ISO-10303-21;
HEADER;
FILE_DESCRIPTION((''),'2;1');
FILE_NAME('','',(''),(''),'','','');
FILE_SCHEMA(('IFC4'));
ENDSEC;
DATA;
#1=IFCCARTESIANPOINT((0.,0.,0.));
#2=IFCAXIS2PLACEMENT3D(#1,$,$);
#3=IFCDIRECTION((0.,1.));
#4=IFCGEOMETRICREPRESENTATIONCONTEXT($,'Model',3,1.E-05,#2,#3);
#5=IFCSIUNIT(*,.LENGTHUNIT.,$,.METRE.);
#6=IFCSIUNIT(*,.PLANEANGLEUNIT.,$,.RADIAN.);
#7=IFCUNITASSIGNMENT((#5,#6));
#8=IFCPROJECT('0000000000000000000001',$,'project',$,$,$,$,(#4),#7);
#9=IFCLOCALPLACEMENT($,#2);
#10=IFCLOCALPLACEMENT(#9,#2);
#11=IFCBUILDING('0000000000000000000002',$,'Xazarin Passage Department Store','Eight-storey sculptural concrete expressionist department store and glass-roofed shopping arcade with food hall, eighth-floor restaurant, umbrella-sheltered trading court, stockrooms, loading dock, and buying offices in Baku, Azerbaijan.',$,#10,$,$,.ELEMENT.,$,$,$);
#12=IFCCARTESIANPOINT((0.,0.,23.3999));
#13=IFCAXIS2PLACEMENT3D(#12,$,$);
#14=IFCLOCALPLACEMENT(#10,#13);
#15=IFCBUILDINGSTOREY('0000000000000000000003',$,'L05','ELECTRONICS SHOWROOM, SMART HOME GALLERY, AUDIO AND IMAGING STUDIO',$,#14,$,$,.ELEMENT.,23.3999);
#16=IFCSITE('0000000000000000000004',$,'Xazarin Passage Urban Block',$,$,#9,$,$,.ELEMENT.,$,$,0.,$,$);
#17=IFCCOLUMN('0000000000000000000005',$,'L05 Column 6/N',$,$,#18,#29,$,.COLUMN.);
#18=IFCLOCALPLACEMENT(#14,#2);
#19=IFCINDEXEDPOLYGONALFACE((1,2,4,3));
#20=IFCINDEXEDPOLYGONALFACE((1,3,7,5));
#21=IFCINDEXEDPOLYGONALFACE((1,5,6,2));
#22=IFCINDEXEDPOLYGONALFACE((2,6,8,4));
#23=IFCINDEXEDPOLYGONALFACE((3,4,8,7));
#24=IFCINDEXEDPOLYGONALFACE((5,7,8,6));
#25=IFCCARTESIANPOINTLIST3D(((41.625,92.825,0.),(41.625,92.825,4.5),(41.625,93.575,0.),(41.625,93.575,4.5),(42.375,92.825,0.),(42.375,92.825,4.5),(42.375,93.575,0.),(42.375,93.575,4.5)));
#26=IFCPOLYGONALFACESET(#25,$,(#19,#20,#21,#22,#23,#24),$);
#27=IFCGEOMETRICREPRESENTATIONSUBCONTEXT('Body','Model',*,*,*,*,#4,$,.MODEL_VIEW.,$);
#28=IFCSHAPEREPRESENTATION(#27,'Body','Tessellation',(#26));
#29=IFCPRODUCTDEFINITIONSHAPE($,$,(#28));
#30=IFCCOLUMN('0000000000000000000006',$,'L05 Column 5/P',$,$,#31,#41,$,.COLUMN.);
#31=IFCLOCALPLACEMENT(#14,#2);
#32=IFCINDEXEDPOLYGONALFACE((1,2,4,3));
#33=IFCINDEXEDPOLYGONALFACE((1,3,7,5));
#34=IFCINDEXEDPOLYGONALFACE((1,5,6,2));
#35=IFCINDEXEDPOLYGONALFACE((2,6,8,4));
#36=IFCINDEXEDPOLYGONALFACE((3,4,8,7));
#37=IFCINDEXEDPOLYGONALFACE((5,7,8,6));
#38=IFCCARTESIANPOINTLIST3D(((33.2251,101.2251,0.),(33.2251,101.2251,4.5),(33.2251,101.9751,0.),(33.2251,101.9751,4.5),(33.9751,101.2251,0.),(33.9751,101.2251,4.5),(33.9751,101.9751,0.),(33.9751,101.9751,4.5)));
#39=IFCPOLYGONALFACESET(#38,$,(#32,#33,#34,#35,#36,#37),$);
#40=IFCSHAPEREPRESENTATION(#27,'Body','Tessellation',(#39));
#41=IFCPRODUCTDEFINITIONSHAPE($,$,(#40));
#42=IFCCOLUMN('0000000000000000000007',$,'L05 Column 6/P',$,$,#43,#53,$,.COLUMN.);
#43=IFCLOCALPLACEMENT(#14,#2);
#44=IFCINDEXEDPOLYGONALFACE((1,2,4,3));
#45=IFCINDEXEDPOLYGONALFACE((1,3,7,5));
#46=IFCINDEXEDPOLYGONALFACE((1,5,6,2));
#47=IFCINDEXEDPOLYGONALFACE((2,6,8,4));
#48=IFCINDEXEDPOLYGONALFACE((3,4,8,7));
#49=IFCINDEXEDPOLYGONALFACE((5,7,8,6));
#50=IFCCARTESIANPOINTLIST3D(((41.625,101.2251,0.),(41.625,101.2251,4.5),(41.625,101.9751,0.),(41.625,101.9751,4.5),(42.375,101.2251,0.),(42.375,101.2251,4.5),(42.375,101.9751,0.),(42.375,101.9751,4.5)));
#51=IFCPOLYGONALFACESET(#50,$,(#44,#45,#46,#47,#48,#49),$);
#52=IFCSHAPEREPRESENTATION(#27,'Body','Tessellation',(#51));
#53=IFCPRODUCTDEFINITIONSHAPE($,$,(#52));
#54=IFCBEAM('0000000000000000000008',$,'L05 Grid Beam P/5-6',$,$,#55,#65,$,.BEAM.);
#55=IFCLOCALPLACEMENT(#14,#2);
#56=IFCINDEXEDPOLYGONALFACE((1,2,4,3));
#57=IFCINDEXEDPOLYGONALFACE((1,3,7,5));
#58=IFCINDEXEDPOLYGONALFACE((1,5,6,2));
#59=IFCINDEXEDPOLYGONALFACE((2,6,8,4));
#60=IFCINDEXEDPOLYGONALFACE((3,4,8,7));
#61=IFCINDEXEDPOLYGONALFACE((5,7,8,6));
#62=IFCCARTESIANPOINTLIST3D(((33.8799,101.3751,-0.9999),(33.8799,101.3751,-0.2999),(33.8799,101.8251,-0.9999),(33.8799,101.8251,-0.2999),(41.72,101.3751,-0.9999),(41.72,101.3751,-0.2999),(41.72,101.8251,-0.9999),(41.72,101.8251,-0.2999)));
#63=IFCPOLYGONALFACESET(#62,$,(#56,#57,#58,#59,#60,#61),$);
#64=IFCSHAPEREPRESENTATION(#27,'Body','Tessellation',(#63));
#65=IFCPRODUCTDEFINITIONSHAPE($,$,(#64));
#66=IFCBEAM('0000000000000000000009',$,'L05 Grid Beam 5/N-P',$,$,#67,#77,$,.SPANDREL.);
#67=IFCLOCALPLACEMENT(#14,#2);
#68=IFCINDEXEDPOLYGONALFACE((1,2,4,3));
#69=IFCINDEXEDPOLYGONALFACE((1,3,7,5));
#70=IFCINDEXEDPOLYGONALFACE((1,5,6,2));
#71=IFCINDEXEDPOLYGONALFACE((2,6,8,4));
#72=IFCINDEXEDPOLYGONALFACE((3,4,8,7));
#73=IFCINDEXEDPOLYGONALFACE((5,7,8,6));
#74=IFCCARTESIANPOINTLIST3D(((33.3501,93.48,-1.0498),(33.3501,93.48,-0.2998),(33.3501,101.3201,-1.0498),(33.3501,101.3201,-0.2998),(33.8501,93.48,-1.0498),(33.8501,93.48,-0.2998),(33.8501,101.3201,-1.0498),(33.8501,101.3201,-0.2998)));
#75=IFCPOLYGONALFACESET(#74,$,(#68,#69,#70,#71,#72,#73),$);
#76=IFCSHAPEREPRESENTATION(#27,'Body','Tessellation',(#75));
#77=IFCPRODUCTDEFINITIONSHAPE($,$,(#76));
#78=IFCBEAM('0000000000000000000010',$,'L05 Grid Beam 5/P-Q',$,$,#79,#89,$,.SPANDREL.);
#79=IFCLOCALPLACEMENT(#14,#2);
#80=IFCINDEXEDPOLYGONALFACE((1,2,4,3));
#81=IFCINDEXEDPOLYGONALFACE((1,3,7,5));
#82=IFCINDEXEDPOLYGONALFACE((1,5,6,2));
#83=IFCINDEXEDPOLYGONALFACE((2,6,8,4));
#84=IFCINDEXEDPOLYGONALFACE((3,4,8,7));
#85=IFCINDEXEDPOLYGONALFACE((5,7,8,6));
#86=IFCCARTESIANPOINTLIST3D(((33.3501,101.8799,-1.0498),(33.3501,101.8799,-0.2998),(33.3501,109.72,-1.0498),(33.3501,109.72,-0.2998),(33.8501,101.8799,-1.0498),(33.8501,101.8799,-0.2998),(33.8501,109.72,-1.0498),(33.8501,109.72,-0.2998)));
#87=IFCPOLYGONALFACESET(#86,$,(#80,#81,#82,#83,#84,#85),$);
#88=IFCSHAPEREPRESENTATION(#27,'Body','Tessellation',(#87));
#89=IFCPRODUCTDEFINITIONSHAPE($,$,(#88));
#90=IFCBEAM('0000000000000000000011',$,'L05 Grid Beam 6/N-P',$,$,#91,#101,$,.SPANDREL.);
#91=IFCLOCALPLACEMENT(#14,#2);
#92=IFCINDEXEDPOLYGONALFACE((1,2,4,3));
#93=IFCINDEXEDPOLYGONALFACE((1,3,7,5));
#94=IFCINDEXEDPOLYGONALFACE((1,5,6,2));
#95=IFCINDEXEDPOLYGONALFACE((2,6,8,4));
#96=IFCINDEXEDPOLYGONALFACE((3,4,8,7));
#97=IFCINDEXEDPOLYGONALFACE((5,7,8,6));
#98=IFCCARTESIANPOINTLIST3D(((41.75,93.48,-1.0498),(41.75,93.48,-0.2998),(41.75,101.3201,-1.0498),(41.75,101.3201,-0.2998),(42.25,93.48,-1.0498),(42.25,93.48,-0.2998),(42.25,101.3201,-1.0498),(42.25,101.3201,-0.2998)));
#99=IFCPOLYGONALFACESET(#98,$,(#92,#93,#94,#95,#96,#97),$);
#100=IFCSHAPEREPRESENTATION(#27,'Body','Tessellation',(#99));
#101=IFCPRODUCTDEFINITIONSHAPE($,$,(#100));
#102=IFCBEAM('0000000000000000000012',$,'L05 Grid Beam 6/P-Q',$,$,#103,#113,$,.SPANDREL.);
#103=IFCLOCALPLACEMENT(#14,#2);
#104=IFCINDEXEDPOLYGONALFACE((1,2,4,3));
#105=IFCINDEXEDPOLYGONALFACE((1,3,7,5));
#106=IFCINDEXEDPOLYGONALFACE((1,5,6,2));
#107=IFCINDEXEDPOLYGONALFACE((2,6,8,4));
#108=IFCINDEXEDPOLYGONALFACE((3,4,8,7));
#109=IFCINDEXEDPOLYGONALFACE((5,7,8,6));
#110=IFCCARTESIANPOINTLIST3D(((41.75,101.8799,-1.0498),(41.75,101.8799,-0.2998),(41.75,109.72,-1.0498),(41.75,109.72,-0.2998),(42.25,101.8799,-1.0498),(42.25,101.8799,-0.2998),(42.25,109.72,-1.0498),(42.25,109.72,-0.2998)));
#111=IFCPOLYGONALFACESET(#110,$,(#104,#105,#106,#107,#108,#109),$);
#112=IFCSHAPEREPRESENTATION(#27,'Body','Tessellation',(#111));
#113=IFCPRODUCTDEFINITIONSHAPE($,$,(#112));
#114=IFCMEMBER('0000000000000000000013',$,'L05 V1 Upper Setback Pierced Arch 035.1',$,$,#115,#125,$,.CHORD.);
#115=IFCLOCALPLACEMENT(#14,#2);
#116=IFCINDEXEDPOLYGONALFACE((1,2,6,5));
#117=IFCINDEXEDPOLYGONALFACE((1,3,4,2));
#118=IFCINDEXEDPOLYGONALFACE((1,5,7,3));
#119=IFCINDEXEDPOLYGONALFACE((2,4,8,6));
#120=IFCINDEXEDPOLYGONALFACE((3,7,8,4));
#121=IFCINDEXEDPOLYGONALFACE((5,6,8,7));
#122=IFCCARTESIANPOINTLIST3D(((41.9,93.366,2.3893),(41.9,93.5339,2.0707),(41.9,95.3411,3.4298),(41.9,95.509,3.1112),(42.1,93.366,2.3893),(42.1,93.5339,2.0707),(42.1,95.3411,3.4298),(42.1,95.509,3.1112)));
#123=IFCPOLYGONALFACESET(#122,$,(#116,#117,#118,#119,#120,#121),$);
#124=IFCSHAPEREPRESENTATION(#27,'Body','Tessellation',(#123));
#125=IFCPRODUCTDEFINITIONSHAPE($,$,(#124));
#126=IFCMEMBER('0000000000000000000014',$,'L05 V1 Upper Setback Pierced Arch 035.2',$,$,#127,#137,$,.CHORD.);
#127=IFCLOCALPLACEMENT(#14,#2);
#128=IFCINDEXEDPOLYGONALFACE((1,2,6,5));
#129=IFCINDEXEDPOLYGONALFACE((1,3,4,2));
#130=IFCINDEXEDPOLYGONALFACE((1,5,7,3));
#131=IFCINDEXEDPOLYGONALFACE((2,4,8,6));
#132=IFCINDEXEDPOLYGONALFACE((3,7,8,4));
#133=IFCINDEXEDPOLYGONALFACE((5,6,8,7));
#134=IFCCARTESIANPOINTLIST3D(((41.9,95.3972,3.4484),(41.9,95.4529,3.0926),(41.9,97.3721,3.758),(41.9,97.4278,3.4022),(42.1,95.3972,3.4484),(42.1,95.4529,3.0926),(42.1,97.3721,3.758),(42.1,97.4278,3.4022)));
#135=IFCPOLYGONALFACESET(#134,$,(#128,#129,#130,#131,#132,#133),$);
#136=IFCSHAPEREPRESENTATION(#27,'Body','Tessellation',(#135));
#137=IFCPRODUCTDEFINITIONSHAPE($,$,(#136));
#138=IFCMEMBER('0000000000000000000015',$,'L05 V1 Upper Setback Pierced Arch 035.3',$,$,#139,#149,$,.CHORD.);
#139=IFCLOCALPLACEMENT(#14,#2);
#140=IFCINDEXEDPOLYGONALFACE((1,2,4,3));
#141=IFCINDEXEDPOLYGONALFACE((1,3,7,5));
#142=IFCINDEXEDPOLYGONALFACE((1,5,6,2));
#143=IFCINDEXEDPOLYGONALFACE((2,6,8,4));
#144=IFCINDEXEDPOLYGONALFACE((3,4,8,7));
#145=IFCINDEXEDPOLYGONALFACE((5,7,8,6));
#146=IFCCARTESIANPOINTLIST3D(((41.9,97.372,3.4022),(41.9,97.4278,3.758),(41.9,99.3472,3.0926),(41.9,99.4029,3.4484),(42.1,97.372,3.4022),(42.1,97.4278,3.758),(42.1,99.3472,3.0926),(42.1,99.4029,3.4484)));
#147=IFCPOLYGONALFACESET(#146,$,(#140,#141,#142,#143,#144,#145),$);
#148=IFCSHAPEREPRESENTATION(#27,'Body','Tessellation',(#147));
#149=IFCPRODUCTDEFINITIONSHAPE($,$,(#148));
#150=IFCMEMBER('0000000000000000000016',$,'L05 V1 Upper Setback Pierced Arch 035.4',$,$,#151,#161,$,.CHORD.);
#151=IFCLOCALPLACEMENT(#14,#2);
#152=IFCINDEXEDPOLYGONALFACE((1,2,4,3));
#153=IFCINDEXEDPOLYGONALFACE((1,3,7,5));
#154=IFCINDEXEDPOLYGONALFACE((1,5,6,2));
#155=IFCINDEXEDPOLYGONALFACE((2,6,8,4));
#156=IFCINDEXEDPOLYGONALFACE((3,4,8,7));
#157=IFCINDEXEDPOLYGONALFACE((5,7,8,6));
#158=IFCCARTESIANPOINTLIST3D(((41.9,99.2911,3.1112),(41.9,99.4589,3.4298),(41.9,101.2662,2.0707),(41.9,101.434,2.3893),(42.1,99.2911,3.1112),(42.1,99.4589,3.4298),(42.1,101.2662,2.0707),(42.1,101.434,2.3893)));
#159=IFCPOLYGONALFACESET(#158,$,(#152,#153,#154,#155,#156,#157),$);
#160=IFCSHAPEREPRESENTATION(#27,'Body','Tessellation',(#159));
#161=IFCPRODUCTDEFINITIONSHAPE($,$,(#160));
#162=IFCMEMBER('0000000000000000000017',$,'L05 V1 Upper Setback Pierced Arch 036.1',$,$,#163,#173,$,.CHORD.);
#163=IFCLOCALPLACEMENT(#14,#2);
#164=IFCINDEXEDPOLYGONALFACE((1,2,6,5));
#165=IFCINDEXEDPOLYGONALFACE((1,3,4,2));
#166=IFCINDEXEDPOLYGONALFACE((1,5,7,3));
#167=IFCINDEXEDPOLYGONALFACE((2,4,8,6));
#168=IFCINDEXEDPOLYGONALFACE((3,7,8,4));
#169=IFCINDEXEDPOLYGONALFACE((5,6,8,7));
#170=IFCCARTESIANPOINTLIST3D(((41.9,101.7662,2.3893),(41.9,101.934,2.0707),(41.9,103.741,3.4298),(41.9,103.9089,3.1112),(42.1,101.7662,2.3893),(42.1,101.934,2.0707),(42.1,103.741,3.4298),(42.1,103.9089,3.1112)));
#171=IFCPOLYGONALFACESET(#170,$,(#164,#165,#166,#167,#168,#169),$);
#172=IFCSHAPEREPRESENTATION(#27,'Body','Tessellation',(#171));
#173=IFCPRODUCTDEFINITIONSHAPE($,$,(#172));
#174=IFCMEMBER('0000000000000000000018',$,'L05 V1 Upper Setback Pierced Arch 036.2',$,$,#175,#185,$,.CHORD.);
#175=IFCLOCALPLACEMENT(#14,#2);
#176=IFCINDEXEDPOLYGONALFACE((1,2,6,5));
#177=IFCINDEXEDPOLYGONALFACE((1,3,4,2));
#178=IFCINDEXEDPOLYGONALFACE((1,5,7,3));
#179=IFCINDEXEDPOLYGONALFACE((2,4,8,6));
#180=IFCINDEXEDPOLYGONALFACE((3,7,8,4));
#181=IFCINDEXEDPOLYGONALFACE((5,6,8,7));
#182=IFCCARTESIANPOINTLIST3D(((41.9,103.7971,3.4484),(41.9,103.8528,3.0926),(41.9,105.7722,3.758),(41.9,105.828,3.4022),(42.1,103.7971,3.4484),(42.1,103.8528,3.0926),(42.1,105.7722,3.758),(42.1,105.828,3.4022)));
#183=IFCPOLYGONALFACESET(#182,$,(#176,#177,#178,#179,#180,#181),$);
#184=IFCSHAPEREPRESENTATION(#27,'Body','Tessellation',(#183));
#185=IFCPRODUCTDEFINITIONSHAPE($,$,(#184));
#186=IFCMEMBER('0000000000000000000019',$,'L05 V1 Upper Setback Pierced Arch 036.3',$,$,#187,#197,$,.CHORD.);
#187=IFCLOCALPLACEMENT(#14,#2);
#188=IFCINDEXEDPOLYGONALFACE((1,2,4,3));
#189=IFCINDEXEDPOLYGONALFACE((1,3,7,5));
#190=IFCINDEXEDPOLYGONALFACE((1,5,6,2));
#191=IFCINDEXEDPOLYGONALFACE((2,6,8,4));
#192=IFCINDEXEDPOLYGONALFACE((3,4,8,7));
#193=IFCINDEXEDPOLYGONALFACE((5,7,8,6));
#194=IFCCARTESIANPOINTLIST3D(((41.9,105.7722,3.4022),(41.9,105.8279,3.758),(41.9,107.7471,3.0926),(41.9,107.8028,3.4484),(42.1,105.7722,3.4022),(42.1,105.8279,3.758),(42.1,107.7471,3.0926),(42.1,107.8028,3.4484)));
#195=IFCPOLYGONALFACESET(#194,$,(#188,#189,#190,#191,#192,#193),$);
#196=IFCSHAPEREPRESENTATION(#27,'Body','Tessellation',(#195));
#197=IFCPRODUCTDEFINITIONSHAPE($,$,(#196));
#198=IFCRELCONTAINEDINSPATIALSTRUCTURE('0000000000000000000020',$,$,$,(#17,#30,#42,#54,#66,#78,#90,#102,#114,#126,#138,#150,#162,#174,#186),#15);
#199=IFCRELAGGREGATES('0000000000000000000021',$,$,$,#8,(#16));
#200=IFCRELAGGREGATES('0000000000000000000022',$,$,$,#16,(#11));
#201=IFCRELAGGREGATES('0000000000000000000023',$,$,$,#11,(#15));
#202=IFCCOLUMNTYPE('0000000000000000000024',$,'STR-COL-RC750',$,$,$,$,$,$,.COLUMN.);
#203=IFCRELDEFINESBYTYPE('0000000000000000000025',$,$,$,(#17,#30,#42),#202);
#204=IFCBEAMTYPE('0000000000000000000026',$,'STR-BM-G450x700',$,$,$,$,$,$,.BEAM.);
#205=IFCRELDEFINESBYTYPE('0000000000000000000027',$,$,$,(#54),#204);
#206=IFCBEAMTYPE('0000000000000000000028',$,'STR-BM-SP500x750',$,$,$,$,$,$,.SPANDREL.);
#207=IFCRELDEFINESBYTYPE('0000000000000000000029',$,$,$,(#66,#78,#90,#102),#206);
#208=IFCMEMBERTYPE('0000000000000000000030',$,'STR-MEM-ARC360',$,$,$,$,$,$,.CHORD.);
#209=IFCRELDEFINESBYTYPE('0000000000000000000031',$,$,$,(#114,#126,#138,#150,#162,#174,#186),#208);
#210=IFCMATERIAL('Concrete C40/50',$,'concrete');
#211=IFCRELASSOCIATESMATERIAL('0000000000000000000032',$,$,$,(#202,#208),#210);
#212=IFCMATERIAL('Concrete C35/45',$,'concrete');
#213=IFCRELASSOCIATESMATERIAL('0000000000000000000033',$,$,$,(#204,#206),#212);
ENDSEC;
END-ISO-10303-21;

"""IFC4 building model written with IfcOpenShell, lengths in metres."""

from ifc_helpers import new_model, si_unit, direction, frame, origin, origin_2d, place, context, subcontext, project, spatial, rectangle, extrude, material, material_profile, profile_set, type_object, element, save


model = new_model("IFC4")

# Units and contexts
model_context = context("Model", 3, precision=1e-05, world=origin(), true_north=direction((0.0, 1.0)))
body_context = subcontext(model_context, "Body", "Model", "MODEL_VIEW")
ifc_project = project(units=[si_unit("LENGTHUNIT", "METRE"), si_unit("PLANEANGLEUNIT", "RADIAN")], contexts=[model_context])

# Site, building, storey
site_placement = place(None, origin())
site = spatial("IfcSite", under=ifc_project, at=site_placement, Name="Xazarin Passage Urban Block", CompositionType="ELEMENT", RefElevation=0.0)
building_placement = place(site_placement, origin())
building = spatial("IfcBuilding", under=site, at=building_placement, Name="Xazarin Passage Department Store", Description="Eight-storey sculptural concrete expressionist department store and glass-roofed shopping arcade with food hall, eighth-floor restaurant, umbrella-sheltered trading court, stockrooms, loading dock, and buying offices in Baku, Azerbaijan.", CompositionType="ELEMENT")
storey_placement = place(building_placement, frame((0.0, 0.0, 23.3999)))
storey = spatial("IfcBuildingStorey", under=building, at=storey_placement, Name="L05", Description="ELECTRONICS SHOWROOM, SMART HOME GALLERY, AUDIO AND IMAGING STUDIO", CompositionType="ELEMENT", Elevation=23.3999)

# Columns
ifc_material_1 = material(Name="Concrete C40/50", Category="concrete")
ifc_material_profile_1 = material_profile(ifc_material_1, rectangle(XDim=0.75, YDim=0.75, at=origin_2d()), Name="RC 750x750")
ifc_profile_set_1 = profile_set([ifc_material_profile_1], Name="Concrete C40/50")
column_type = type_object("IfcColumnType", Name="STR-COL-RC750", PredefinedType="COLUMN", material=ifc_profile_set_1)
for number, where, z_axis, x_axis, name in (
    (1, (42.0, 93.2, 0.0), (0.0, 0.0, 1.0), (1.0, 0.0, 0.0), "L05 Column 6/N"),
    (2, (33.6001, 101.6001, 0.0), (0.0, 0.0, 1.0), (1.0, 0.0, 0.0), "L05 Column 5/P"),
    (3, (42.0, 101.6001, 0.0), (0.0, 0.0, 1.0), (1.0, 0.0, 0.0), "L05 Column 6/P"),
):
    element("IfcColumn", number, at=place(storey_placement, frame(where, z_axis=z_axis, x_axis=x_axis)), inside=storey, type_object=column_type, Name=name, PredefinedType="COLUMN", context=body_context, shape_type="SweptSolid", body=[
        extrude(rectangle(XDim=0.75, YDim=0.75, at=origin_2d()), origin(), (0.0, 0.0, 1.0), 4.5),
    ])

# Beams
ifc_material_2 = material(Name="Concrete C35/45", Category="concrete")
ifc_material_profile_2 = material_profile(ifc_material_2, rectangle(XDim=0.45, YDim=0.7, at=origin_2d()), Name="RC 450x700")
ifc_profile_set_2 = profile_set([ifc_material_profile_2], Name="Concrete C35/45")
beam_type_1 = type_object("IfcBeamType", Name="STR-BM-G450x700", PredefinedType="BEAM", material=ifc_profile_set_2)
beam_placement = place(storey_placement, frame((33.8799, 101.6001, -0.6499), z_axis=(1.0, 0.0, 0.0), x_axis=(0.0, 1.0, 0.0)))
element("IfcBeam", 4, at=beam_placement, inside=storey, type_object=beam_type_1, Name="L05 Grid Beam P/5-6", PredefinedType="BEAM", context=body_context, shape_type="SweptSolid", body=[
    extrude(rectangle(XDim=0.45, YDim=0.7, at=origin_2d()), origin(), (0.0, 0.0, 1.0), 7.8401),
])
ifc_material_profile_3 = material_profile(ifc_material_2, rectangle(XDim=0.5, YDim=0.75, at=origin_2d()), Name="RC 500x750")
ifc_profile_set_3 = profile_set([ifc_material_profile_3], Name="Concrete C35/45")
beam_type_2 = type_object("IfcBeamType", Name="STR-BM-SP500x750", PredefinedType="SPANDREL", material=ifc_profile_set_3)
for number, where, z_axis, x_axis, name in (
    (5, (33.6001, 93.48, -0.6748), (0.0, 1.0, 0.0), (-1.0, 0.0, 0.0), "L05 Grid Beam 5/N-P"),
    (6, (33.6001, 101.8799, -0.6748), (0.0, 1.0, 0.0), (-1.0, 0.0, 0.0), "L05 Grid Beam 5/P-Q"),
    (7, (42.0, 93.48, -0.6748), (0.0, 1.0, 0.0), (-1.0, 0.0, 0.0), "L05 Grid Beam 6/N-P"),
    (8, (42.0, 101.8799, -0.6748), (0.0, 1.0, 0.0), (-1.0, 0.0, 0.0), "L05 Grid Beam 6/P-Q"),
):
    element("IfcBeam", number, at=place(storey_placement, frame(where, z_axis=z_axis, x_axis=x_axis)), inside=storey, type_object=beam_type_2, Name=name, PredefinedType="SPANDREL", context=body_context, shape_type="SweptSolid", body=[
        extrude(rectangle(XDim=0.5, YDim=0.75, at=origin_2d()), origin(), (0.0, 0.0, 1.0), 7.8401),
    ])

# Members
ifc_material_profile_4 = material_profile(ifc_material_1, rectangle(XDim=0.2, YDim=0.3601, at=origin_2d()), Name="RC 200x360")
ifc_profile_set_4 = profile_set([ifc_material_profile_4], Name="Concrete C40/50")
member_type = type_object("IfcMemberType", Name="STR-MEM-ARC360", PredefinedType="CHORD", material=ifc_profile_set_4)
member_1_placement = place(storey_placement, frame((42.0, 93.45, 2.23), z_axis=(0.0, 0.884733, 0.466098), x_axis=(-1.0, 0.0, 0.0)))
element("IfcMember", 9, at=member_1_placement, inside=storey, type_object=member_type, Name="L05 V1 Upper Setback Pierced Arch 035.1", PredefinedType="CHORD", context=body_context, shape_type="SweptSolid", body=[
    extrude(rectangle(XDim=0.2, YDim=0.3601, at=origin_2d()), origin(), (0.0, 0.0, 1.0), 2.2324),
])
member_2_placement = place(storey_placement, frame((42.0, 95.425, 3.2705), z_axis=(0.0, 0.987936, 0.154865), x_axis=(-1.0, 0.0, 0.0)))
element("IfcMember", 10, at=member_2_placement, inside=storey, type_object=member_type, Name="L05 V1 Upper Setback Pierced Arch 035.2", PredefinedType="CHORD", context=body_context, shape_type="SweptSolid", body=[
    extrude(rectangle(XDim=0.2, YDim=0.3601, at=origin_2d()), origin(), (0.0, 0.0, 1.0), 1.999),
])
member_3_placement = place(storey_placement, frame((42.0, 97.3999, 3.5801), z_axis=(0.0, 0.987939, -0.154846), x_axis=(-1.0, 0.0, 0.0)))
element("IfcMember", 11, at=member_3_placement, inside=storey, type_object=member_type, Name="L05 V1 Upper Setback Pierced Arch 035.3", PredefinedType="CHORD", context=body_context, shape_type="SweptSolid", body=[
    extrude(rectangle(XDim=0.2, YDim=0.3601, at=origin_2d()), origin(), (0.0, 0.0, 1.0), 1.9993),
])
member_4_placement = place(storey_placement, frame((42.0, 99.375, 3.2705), z_axis=(0.0, 0.884733, -0.466098), x_axis=(-1.0, 0.0, 0.0)))
element("IfcMember", 12, at=member_4_placement, inside=storey, type_object=member_type, Name="L05 V1 Upper Setback Pierced Arch 035.4", PredefinedType="CHORD", context=body_context, shape_type="SweptSolid", body=[
    extrude(rectangle(XDim=0.2, YDim=0.3601, at=origin_2d()), origin(), (0.0, 0.0, 1.0), 2.2324),
])
member_5_placement = place(storey_placement, frame((42.0, 101.8501, 2.23), z_axis=(0.0, 0.884709, 0.466143), x_axis=(-1.0, 0.0, 0.0)))
element("IfcMember", 13, at=member_5_placement, inside=storey, type_object=member_type, Name="L05 V1 Upper Setback Pierced Arch 036.1", PredefinedType="CHORD", context=body_context, shape_type="SweptSolid", body=[
    extrude(rectangle(XDim=0.2, YDim=0.3601, at=origin_2d()), origin(), (0.0, 0.0, 1.0), 2.2322),
])
member_6_placement = place(storey_placement, frame((42.0, 103.825, 3.2705), z_axis=(0.0, 0.987939, 0.154846), x_axis=(-1.0, 0.0, 0.0)))
element("IfcMember", 14, at=member_6_placement, inside=storey, type_object=member_type, Name="L05 V1 Upper Setback Pierced Arch 036.2", PredefinedType="CHORD", context=body_context, shape_type="SweptSolid", body=[
    extrude(rectangle(XDim=0.2, YDim=0.3601, at=origin_2d()), origin(), (0.0, 0.0, 1.0), 1.9993),
])
member_7_placement = place(storey_placement, frame((42.0, 105.8, 3.5801), z_axis=(0.0, 0.987936, -0.154865), x_axis=(-1.0, 0.0, 0.0)))
element("IfcMember", 15, at=member_7_placement, inside=storey, type_object=member_type, Name="L05 V1 Upper Setback Pierced Arch 036.3", PredefinedType="CHORD", context=body_context, shape_type="SweptSolid", body=[
    extrude(rectangle(XDim=0.2, YDim=0.3601, at=origin_2d()), origin(), (0.0, 0.0, 1.0), 1.999),
])

save(model, "model.ifc")
